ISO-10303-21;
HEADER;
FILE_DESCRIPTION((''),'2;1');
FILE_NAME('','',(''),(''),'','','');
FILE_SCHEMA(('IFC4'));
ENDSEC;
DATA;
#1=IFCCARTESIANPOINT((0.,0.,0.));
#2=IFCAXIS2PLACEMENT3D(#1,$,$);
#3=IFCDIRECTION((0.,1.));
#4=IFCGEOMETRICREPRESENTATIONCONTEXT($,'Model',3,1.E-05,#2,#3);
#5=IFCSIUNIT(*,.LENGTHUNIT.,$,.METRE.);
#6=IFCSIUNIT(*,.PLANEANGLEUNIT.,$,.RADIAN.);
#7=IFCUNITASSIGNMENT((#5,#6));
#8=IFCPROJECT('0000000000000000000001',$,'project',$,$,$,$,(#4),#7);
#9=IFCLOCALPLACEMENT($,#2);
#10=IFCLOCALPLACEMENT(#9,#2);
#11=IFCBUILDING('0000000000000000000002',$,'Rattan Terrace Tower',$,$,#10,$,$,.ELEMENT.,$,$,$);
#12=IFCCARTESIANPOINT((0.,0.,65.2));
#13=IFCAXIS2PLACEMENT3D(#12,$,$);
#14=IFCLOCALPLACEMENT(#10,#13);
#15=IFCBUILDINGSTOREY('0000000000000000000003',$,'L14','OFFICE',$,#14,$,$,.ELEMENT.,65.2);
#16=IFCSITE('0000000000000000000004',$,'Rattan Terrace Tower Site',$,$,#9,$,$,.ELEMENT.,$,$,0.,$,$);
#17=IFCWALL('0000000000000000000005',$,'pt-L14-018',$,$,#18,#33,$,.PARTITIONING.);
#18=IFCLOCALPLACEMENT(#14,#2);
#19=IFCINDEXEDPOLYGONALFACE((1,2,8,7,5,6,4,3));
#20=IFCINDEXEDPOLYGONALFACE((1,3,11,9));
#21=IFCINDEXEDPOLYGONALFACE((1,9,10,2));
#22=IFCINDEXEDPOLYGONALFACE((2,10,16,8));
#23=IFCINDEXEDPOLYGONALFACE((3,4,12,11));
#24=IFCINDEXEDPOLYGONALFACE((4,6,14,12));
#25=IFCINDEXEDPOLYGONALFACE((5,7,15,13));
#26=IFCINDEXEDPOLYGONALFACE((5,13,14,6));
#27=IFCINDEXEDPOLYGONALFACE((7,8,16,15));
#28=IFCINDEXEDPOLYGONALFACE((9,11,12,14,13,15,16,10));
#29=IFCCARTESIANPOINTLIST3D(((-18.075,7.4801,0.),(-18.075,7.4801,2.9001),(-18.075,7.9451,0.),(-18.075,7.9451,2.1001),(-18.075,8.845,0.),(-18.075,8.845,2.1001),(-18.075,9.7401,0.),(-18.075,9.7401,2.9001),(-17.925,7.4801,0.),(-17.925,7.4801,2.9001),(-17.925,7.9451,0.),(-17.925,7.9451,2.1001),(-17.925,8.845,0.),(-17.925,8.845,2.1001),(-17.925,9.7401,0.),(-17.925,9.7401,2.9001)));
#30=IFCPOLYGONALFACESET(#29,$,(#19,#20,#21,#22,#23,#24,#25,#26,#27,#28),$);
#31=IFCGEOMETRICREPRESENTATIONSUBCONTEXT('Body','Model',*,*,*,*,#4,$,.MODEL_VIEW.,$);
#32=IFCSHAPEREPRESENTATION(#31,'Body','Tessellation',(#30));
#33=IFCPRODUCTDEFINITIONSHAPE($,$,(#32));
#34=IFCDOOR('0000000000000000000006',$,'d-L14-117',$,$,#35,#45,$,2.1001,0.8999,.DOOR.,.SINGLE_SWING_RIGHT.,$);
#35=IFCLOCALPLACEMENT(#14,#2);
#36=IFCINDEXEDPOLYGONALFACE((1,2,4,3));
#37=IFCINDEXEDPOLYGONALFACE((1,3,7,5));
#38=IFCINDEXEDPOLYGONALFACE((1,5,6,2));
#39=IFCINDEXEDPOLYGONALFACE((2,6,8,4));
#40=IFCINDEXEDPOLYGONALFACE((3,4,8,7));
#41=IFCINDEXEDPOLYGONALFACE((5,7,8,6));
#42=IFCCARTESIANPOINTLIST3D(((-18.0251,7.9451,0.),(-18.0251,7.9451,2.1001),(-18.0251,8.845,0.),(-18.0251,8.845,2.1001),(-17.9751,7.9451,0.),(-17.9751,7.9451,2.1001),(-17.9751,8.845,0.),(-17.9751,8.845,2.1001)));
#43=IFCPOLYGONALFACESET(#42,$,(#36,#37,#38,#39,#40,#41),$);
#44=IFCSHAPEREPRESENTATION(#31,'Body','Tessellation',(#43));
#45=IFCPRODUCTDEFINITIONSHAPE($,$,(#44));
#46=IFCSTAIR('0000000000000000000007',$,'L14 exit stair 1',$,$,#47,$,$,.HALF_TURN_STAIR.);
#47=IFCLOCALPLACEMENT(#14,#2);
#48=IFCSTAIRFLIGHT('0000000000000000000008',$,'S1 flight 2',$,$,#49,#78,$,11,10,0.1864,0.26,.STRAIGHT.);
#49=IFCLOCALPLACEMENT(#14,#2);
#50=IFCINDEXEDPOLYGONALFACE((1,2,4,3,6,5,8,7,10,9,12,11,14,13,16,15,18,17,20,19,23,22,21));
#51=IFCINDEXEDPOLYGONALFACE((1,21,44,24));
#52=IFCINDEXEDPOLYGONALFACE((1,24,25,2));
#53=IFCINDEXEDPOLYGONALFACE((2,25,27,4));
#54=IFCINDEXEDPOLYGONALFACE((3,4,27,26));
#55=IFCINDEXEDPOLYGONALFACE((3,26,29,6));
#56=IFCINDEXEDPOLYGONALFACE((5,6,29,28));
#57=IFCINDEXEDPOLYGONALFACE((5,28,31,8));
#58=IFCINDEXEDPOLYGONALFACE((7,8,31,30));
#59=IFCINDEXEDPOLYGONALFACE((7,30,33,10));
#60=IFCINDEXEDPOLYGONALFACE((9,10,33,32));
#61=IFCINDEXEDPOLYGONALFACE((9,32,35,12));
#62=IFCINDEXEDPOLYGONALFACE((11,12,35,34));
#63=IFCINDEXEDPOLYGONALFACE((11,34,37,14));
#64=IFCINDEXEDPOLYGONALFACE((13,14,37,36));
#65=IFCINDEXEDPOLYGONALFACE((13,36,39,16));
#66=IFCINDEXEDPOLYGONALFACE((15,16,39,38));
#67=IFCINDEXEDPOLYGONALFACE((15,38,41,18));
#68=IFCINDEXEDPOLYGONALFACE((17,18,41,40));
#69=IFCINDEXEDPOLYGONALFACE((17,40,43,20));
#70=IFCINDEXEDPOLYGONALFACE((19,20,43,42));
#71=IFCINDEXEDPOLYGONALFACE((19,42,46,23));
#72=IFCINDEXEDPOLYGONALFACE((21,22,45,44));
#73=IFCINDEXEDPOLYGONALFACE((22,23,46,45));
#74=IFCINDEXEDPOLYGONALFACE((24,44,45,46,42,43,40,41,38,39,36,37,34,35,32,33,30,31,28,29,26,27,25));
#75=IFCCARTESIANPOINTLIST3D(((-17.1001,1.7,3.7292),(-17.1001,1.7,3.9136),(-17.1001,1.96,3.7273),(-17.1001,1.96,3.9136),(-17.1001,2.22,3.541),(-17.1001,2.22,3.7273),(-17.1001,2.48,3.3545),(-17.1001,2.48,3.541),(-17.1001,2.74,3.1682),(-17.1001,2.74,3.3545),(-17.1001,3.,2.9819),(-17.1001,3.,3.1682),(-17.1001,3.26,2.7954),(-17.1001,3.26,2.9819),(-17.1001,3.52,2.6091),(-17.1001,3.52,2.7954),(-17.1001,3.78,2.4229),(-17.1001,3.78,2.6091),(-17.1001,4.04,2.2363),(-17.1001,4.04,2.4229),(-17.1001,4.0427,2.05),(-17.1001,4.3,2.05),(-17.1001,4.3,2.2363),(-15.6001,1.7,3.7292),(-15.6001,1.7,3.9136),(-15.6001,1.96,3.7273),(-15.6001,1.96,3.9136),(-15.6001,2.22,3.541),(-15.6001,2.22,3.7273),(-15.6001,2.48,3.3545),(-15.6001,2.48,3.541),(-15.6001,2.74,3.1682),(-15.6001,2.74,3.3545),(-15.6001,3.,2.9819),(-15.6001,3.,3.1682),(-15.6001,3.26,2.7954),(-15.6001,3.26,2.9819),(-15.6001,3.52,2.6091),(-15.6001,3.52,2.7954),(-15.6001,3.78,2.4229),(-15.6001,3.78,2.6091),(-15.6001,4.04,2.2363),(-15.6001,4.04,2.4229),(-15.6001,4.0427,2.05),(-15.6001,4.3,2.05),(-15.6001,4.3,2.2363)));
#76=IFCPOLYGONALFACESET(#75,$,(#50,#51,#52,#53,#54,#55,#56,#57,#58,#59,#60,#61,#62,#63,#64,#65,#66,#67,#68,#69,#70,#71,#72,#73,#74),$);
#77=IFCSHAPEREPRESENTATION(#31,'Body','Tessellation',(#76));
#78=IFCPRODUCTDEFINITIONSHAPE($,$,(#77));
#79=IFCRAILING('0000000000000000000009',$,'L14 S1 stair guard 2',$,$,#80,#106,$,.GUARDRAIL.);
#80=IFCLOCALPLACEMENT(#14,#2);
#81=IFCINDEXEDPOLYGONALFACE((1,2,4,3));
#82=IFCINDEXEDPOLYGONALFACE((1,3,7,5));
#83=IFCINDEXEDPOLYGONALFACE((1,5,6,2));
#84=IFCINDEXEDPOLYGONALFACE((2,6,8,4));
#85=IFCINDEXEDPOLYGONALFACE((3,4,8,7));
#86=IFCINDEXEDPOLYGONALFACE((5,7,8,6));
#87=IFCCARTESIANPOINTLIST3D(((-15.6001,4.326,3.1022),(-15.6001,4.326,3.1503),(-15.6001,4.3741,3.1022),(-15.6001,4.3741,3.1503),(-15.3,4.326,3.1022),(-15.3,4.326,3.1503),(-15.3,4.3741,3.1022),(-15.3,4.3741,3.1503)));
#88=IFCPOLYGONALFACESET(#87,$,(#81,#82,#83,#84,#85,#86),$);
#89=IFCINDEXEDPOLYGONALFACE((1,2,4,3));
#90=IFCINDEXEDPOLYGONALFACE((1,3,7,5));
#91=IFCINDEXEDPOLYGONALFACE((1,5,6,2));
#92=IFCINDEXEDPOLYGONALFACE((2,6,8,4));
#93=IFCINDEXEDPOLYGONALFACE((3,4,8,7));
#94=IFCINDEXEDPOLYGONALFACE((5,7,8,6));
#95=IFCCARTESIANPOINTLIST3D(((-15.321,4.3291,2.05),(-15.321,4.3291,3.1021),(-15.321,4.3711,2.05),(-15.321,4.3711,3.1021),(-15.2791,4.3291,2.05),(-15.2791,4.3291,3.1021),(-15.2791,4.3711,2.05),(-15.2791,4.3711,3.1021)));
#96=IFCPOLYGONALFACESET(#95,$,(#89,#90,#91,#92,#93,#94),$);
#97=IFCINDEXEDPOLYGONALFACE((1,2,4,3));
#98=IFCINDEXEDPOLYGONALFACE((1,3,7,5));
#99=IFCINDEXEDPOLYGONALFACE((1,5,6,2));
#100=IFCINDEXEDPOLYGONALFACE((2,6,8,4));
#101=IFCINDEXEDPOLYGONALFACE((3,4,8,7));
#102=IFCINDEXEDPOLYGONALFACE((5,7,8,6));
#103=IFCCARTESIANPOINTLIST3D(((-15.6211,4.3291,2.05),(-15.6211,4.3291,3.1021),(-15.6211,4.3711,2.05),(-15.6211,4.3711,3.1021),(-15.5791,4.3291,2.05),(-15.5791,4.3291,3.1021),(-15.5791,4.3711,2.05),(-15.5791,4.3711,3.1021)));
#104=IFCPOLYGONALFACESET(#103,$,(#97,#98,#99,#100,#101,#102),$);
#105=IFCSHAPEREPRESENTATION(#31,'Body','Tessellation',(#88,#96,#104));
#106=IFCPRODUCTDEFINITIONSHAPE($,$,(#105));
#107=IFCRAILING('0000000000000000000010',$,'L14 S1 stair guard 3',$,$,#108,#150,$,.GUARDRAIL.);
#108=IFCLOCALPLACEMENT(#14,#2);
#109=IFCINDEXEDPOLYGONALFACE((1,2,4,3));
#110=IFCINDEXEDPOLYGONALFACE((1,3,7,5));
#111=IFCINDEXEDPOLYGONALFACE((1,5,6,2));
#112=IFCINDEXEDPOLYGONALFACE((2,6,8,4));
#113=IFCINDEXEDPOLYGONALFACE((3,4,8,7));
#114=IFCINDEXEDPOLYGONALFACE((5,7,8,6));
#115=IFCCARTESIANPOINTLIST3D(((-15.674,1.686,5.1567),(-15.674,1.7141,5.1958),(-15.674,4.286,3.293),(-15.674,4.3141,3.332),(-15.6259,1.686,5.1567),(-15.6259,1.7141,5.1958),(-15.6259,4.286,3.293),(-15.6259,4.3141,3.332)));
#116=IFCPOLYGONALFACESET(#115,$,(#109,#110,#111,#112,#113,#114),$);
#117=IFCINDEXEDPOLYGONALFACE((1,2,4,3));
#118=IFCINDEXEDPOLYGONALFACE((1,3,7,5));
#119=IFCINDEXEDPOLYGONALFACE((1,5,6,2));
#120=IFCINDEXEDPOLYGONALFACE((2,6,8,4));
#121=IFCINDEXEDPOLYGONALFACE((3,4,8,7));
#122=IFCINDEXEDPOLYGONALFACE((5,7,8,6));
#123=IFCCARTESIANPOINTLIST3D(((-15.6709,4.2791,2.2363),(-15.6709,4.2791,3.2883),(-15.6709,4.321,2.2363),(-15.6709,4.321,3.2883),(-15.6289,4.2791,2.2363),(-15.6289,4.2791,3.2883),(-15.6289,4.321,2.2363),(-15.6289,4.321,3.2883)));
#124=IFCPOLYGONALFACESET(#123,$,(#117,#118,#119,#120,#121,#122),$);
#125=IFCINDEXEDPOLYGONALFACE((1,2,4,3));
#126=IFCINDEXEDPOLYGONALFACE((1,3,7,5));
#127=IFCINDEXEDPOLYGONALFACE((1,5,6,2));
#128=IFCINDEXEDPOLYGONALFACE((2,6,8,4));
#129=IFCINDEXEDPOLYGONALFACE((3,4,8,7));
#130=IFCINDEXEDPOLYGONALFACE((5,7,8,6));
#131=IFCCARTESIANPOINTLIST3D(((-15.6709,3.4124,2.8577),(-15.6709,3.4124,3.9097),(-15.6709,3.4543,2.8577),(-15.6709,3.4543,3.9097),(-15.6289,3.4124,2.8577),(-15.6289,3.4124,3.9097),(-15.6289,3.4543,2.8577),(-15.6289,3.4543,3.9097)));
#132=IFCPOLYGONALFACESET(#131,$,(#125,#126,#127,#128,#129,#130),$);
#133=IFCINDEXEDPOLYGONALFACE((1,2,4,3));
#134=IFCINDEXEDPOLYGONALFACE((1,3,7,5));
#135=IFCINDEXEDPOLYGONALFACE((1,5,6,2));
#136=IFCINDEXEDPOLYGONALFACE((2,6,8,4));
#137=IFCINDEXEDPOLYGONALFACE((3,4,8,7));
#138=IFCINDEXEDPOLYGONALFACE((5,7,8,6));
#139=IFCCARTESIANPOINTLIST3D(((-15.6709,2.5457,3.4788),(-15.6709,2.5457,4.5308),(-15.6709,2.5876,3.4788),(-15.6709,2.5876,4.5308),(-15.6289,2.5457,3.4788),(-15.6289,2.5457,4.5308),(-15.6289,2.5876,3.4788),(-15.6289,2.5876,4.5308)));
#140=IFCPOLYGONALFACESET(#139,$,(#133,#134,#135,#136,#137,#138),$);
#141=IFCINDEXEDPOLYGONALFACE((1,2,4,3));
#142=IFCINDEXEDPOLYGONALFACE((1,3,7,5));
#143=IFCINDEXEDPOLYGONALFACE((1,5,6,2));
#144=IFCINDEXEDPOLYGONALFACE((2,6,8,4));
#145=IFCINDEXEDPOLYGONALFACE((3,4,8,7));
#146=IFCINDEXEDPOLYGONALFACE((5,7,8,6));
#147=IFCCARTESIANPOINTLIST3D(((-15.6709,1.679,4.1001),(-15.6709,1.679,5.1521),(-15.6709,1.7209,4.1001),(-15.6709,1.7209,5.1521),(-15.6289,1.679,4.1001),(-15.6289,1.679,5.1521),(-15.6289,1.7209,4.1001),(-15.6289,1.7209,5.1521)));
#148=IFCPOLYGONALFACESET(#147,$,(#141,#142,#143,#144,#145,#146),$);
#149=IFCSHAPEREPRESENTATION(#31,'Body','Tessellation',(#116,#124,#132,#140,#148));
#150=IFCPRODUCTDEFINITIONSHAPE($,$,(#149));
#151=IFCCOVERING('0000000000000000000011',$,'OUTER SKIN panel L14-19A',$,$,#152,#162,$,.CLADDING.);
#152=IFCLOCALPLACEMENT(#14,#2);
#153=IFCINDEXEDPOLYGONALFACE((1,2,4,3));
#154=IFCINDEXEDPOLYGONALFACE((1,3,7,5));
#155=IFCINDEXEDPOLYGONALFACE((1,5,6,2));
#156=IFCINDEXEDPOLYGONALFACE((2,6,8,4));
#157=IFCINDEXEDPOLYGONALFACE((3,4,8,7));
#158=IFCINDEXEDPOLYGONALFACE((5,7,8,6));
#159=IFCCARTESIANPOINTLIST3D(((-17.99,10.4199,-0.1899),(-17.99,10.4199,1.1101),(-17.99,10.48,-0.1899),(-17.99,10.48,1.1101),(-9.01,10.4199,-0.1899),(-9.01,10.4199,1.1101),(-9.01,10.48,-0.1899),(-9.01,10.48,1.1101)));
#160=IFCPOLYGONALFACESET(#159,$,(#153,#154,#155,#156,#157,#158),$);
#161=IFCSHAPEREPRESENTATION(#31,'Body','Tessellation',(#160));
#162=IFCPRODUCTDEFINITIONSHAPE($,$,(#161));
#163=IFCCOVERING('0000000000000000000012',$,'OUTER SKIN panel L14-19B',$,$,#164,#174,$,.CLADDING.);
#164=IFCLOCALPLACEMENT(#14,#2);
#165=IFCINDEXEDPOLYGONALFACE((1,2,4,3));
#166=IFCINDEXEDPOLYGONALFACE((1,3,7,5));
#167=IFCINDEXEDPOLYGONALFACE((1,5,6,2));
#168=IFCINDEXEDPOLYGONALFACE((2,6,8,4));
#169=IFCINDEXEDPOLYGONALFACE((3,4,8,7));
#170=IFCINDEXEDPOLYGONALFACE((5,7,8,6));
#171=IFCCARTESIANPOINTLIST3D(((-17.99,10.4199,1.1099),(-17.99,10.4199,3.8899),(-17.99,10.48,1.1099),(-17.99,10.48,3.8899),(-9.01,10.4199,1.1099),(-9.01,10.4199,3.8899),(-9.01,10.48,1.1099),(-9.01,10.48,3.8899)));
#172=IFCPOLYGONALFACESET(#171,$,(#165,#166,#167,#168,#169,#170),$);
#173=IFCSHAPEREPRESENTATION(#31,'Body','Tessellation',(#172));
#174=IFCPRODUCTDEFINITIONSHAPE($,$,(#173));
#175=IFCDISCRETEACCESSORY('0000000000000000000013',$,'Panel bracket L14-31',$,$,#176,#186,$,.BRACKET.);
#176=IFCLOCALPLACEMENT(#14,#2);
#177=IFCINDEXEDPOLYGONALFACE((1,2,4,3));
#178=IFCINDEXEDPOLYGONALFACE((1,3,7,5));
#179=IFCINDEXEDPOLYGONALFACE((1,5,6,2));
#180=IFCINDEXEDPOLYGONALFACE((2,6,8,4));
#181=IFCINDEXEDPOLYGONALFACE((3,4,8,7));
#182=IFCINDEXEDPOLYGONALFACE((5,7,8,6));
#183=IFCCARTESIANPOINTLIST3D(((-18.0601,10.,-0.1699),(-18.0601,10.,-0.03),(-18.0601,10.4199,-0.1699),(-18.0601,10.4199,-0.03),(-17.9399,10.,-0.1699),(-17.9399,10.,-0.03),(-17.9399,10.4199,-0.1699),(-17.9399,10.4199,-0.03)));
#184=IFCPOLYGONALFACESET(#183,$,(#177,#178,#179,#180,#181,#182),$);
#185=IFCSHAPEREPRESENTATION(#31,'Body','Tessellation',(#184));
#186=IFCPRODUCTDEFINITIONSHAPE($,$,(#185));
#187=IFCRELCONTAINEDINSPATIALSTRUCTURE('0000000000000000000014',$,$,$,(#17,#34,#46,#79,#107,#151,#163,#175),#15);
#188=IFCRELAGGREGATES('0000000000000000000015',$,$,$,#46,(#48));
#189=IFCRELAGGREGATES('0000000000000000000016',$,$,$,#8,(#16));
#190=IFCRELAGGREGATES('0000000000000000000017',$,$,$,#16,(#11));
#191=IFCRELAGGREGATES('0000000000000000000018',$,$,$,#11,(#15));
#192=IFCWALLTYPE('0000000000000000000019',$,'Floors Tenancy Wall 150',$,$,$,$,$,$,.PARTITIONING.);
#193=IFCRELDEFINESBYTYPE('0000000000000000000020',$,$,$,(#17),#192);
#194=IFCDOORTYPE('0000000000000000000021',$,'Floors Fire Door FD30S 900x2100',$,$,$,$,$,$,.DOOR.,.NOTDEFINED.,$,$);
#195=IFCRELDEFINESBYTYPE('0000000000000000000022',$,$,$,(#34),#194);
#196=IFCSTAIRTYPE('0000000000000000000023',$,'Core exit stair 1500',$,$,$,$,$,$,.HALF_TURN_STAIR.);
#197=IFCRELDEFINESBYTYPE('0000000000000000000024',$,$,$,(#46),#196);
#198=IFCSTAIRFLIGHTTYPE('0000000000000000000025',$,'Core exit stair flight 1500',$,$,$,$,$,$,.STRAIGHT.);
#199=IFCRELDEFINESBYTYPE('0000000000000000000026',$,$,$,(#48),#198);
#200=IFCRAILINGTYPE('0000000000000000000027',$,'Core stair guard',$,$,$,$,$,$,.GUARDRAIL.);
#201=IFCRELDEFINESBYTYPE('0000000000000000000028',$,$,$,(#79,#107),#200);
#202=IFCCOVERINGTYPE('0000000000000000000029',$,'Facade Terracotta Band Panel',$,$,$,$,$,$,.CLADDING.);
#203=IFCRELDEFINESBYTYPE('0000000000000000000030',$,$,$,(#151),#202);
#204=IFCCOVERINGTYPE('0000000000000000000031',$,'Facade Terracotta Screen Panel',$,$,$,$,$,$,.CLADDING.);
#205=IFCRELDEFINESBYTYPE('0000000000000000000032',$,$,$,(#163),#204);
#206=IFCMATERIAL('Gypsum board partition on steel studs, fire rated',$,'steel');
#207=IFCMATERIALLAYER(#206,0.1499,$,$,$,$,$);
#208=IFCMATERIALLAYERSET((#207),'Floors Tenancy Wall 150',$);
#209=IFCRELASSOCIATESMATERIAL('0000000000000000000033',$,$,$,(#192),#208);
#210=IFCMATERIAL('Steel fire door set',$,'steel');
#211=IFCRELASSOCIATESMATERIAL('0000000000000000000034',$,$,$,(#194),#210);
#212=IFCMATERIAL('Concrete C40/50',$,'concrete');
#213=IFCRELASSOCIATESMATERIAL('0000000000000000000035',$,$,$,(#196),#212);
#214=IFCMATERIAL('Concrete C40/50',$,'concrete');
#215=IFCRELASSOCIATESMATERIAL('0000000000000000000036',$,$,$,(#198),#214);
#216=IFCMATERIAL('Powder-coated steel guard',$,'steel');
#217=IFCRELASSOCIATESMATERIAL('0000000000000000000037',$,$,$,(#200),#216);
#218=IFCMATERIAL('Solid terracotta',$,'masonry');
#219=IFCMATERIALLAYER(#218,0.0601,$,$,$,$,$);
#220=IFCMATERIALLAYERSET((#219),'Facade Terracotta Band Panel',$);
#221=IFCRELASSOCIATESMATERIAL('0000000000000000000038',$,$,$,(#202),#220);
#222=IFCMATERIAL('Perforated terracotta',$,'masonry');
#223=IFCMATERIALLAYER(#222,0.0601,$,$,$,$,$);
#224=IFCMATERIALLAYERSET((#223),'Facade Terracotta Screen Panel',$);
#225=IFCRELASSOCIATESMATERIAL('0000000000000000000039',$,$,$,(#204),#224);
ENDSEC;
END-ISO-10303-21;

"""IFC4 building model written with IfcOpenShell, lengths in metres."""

from ifc_helpers import new_model, si_unit, direction, frame, frame_2d, origin, origin_2d, place, context, subcontext, project, spatial, polyline, rectangle, outline, extrude, material, layer, layer_set, type_object, element, fill, aggregate, save


model = new_model("IFC4")

# Units and contexts
model_context = context("Model", 3, precision=1e-05, world=origin(), true_north=direction((0.0, 1.0)))
body_context = subcontext(model_context, "Body", "Model", "MODEL_VIEW")
ifc_project = project(units=[si_unit("LENGTHUNIT", "METRE"), si_unit("PLANEANGLEUNIT", "RADIAN")], contexts=[model_context])

# Site, building, storey
site_placement = place(None, origin())
site = spatial("IfcSite", under=ifc_project, at=site_placement, Name="Rattan Terrace Tower Site", CompositionType="ELEMENT", RefElevation=0.0)
building_placement = place(site_placement, origin())
building = spatial("IfcBuilding", under=site, at=building_placement, Name="Rattan Terrace Tower", CompositionType="ELEMENT")
storey_placement = place(building_placement, frame((0.0, 0.0, 65.2)))
storey = spatial("IfcBuildingStorey", under=building, at=storey_placement, Name="L14", Description="OFFICE", CompositionType="ELEMENT", Elevation=65.2)

# Wall, opening, door
ifc_material_1 = material(Name="Gypsum board partition on steel studs, fire rated", Category="steel")
ifc_layer_1 = layer(ifc_material_1, 0.1499)
ifc_layer_set_1 = layer_set([ifc_layer_1], Name="Floors Tenancy Wall 150")
wall_type = type_object("IfcWallType", Name="Floors Tenancy Wall 150", PredefinedType="PARTITIONING", material=ifc_layer_set_1)
wall_placement = place(storey_placement, frame((-18.0, 9.74, 0.0), z_axis=(0.0, 0.0, 1.0), x_axis=(0.0, -1.0, 0.0)))
wall = element("IfcWall", 1, at=wall_placement, inside=storey, type_object=wall_type, Name="pt-L14-018", PredefinedType="PARTITIONING", context=body_context, shape_type="SweptSolid", body=[
    extrude(rectangle(XDim=2.26, YDim=0.1499, at=frame_2d((1.1299, 0.0))), origin(), (0.0, 0.0, 1.0), 2.9001),
])
opening_placement = place(wall_placement, frame((0.895, 0.0, 0.0)))
opening = element("IfcOpeningElement", 2, at=opening_placement, cuts=wall, PredefinedType="OPENING", context=body_context, shape_type="SweptSolid", body=[
    extrude(rectangle(XDim=0.8999, YDim=2.1001, at=frame_2d((0.45, 1.05))), frame((0.0, 0.0854, 0.0), z_axis=(0.0, -1.0, 0.0), x_axis=(1.0, 0.0, 0.0)), (0.0, 0.0, 1.0), 0.1709),
])
ifc_material_2 = material(Name="Steel fire door set", Category="steel")
door_type = type_object("IfcDoorType", Name="Floors Fire Door FD30S 900x2100", OperationType="NOTDEFINED", PredefinedType="DOOR", material=ifc_material_2)
door_placement = place(opening_placement, origin())
door = element("IfcDoor", 3, at=door_placement, inside=storey, type_object=door_type, Name="d-L14-117", OperationType="SINGLE_SWING_RIGHT", OverallHeight=2.1001, OverallWidth=0.8999, PredefinedType="DOOR", context=body_context, shape_type="SweptSolid", body=[
    extrude(rectangle(XDim=0.8999, YDim=2.1001, at=frame_2d((0.45, 1.05))), frame((0.0, 0.0249, 0.0), z_axis=(0.0, -1.0, 0.0), x_axis=(1.0, 0.0, 0.0)), (0.0, 0.0, 1.0), 0.05),
])
fill(opening, door)

# Stair, stair flight
ifc_material_3 = material(Name="Concrete C40/50", Category="concrete")
stair_type = type_object("IfcStairType", Name="Core exit stair 1500", PredefinedType="HALF_TURN_STAIR", material=ifc_material_3)
stair_placement = place(storey_placement, origin())
stair = element("IfcStair", 4, at=stair_placement, inside=storey, type_object=stair_type, Name="L14 exit stair 1", PredefinedType="HALF_TURN_STAIR")
ifc_material_4 = material(Name="Concrete C40/50", Category="concrete")
stair_flight_type = type_object("IfcStairFlightType", Name="Core exit stair flight 1500", PredefinedType="STRAIGHT", material=ifc_material_4)
stair_flight_placement = place(storey_placement, frame((-16.3501, 4.3, 2.05), z_axis=(0.0, 0.0, 1.0), x_axis=(0.0, -1.0, 0.0)))
stair_flight = element("IfcStairFlight", 5, at=stair_flight_placement, type_object=stair_flight_type, Name="S1 flight 2", NumberOfRisers=11, NumberOfTreads=10, PredefinedType="STRAIGHT", RiserHeight=0.1864, TreadLength=0.26, context=body_context, shape_type="SweptSolid", body=[
    extrude(outline(polyline([(0.0, 0.0), (0.0, 0.1863), (0.26, 0.1863), (0.26, 0.3728), (0.52, 0.3728), (0.52, 0.5591), (0.78, 0.5591), (0.78, 0.7454), (1.04, 0.7454), (1.04, 0.9319), (1.3, 0.9319), (1.3, 1.1182), (1.5601, 1.1182), (1.5601, 1.3044), (1.8201, 1.3044), (1.8201, 1.491), (2.0801, 1.491), (2.0801, 1.6772), (2.3401, 1.6772), (2.3401, 1.8635), (2.6001, 1.8635), (2.6001, 2.05), (2.6001, 1.6792), (0.2573, 0.0), (0.0, 0.0)])), frame((0.0, 0.75, 0.0), z_axis=(0.0, -1.0, 0.0), x_axis=(1.0, 0.0, 0.0)), (0.0, 0.0, 1.0), 1.5),
])
aggregate(stair, [stair_flight])

# Railings
ifc_material_5 = material(Name="Powder-coated steel guard", Category="steel")
railing_type = type_object("IfcRailingType", Name="Core stair guard", PredefinedType="GUARDRAIL", material=ifc_material_5)
railing_1_placement = place(storey_placement, frame((-15.3, 4.3501, 2.05)))
element("IfcRailing", 6, at=railing_1_placement, inside=storey, type_object=railing_type, Name="L14 S1 stair guard 2", PredefinedType="GUARDRAIL", context=body_context, shape_type="SweptSolid", body=[
    extrude(rectangle(XDim=0.0481, YDim=0.0481, at=origin_2d()), frame((0.0, 0.0, 1.0762), z_axis=(-1.0, 0.0, 0.0), x_axis=(0.0, -1.0, 0.0)), (0.0, 0.0, 1.0), 0.3),
    extrude(rectangle(XDim=0.042, YDim=0.042, at=origin_2d()), origin(), (0.0, 0.0, 1.0), 1.052),
    extrude(rectangle(XDim=0.042, YDim=0.042, at=origin_2d()), frame((-0.3, 0.0, 0.0)), (0.0, 0.0, 1.0), 1.052),
])
railing_2_placement = place(storey_placement, frame((-15.6499, 4.3, 2.2363)))
element("IfcRailing", 7, at=railing_2_placement, inside=storey, type_object=railing_type, Name="L14 S1 stair guard 3", PredefinedType="GUARDRAIL", context=body_context, shape_type="SweptSolid", body=[
    extrude(rectangle(XDim=0.0481, YDim=0.0481, at=origin_2d()), frame((0.0, 0.0, 1.0762), z_axis=(0.0, -0.812763, 0.582595), x_axis=(1.0, 0.0, 0.0)), (0.0, 0.0, 1.0), 3.199),
    extrude(rectangle(XDim=0.042, YDim=0.042, at=origin_2d()), origin(), (0.0, 0.0, 1.0), 1.052),
    extrude(rectangle(XDim=0.042, YDim=0.042, at=origin_2d()), frame((0.0, -0.8667, 0.6213)), (0.0, 0.0, 1.0), 1.052),
    extrude(rectangle(XDim=0.042, YDim=0.042, at=origin_2d()), frame((0.0, -1.7334, 1.2424)), (0.0, 0.0, 1.0), 1.052),
    extrude(rectangle(XDim=0.042, YDim=0.042, at=origin_2d()), frame((0.0, -2.6001, 1.8638)), (0.0, 0.0, 1.0), 1.052),
])

# Coverings
ifc_material_6 = material(Name="Solid terracotta", Category="masonry")
ifc_layer_2 = layer(ifc_material_6, 0.0601)
ifc_layer_set_2 = layer_set([ifc_layer_2], Name="Facade Terracotta Band Panel")
covering_type_1 = type_object("IfcCoveringType", Name="Facade Terracotta Band Panel", PredefinedType="CLADDING", material=ifc_layer_set_2)
covering_1_placement = place(storey_placement, frame((-13.5, 10.45, -0.1899), z_axis=(0.0, 0.0, 1.0), x_axis=(-1.0, 0.0, 0.0)))
element("IfcCovering", 8, at=covering_1_placement, inside=storey, type_object=covering_type_1, Name="OUTER SKIN panel L14-19A", PredefinedType="CLADDING", context=body_context, shape_type="SweptSolid", body=[
    extrude(rectangle(XDim=8.98, YDim=0.0601, at=origin_2d()), origin(), (0.0, 0.0, 1.0), 1.3),
])
ifc_material_7 = material(Name="Perforated terracotta", Category="masonry")
ifc_layer_3 = layer(ifc_material_7, 0.0601)
ifc_layer_set_3 = layer_set([ifc_layer_3], Name="Facade Terracotta Screen Panel")
covering_type_2 = type_object("IfcCoveringType", Name="Facade Terracotta Screen Panel", PredefinedType="CLADDING", material=ifc_layer_set_3)
covering_2_placement = place(storey_placement, frame((-13.5, 10.45, 1.1099), z_axis=(0.0, 0.0, 1.0), x_axis=(-1.0, 0.0, 0.0)))
element("IfcCovering", 9, at=covering_2_placement, inside=storey, type_object=covering_type_2, Name="OUTER SKIN panel L14-19B", PredefinedType="CLADDING", context=body_context, shape_type="SweptSolid", body=[
    extrude(rectangle(XDim=8.98, YDim=0.0601, at=origin_2d()), origin(), (0.0, 0.0, 1.0), 2.78),
])

# Discrete accessory
discrete_accessory_placement = place(storey_placement, frame((-18.0, 10.21, -0.1699), z_axis=(0.0, 0.0, 1.0), x_axis=(-1.0, 0.0, 0.0)))
element("IfcDiscreteAccessory", 10, at=discrete_accessory_placement, inside=storey, Name="Panel bracket L14-31", PredefinedType="BRACKET", context=body_context, shape_type="SweptSolid", body=[
    extrude(rectangle(XDim=0.1201, YDim=0.4199, at=origin_2d()), origin(), (0.0, 0.0, 1.0), 0.1399),
])

save(model, "model.ifc")
